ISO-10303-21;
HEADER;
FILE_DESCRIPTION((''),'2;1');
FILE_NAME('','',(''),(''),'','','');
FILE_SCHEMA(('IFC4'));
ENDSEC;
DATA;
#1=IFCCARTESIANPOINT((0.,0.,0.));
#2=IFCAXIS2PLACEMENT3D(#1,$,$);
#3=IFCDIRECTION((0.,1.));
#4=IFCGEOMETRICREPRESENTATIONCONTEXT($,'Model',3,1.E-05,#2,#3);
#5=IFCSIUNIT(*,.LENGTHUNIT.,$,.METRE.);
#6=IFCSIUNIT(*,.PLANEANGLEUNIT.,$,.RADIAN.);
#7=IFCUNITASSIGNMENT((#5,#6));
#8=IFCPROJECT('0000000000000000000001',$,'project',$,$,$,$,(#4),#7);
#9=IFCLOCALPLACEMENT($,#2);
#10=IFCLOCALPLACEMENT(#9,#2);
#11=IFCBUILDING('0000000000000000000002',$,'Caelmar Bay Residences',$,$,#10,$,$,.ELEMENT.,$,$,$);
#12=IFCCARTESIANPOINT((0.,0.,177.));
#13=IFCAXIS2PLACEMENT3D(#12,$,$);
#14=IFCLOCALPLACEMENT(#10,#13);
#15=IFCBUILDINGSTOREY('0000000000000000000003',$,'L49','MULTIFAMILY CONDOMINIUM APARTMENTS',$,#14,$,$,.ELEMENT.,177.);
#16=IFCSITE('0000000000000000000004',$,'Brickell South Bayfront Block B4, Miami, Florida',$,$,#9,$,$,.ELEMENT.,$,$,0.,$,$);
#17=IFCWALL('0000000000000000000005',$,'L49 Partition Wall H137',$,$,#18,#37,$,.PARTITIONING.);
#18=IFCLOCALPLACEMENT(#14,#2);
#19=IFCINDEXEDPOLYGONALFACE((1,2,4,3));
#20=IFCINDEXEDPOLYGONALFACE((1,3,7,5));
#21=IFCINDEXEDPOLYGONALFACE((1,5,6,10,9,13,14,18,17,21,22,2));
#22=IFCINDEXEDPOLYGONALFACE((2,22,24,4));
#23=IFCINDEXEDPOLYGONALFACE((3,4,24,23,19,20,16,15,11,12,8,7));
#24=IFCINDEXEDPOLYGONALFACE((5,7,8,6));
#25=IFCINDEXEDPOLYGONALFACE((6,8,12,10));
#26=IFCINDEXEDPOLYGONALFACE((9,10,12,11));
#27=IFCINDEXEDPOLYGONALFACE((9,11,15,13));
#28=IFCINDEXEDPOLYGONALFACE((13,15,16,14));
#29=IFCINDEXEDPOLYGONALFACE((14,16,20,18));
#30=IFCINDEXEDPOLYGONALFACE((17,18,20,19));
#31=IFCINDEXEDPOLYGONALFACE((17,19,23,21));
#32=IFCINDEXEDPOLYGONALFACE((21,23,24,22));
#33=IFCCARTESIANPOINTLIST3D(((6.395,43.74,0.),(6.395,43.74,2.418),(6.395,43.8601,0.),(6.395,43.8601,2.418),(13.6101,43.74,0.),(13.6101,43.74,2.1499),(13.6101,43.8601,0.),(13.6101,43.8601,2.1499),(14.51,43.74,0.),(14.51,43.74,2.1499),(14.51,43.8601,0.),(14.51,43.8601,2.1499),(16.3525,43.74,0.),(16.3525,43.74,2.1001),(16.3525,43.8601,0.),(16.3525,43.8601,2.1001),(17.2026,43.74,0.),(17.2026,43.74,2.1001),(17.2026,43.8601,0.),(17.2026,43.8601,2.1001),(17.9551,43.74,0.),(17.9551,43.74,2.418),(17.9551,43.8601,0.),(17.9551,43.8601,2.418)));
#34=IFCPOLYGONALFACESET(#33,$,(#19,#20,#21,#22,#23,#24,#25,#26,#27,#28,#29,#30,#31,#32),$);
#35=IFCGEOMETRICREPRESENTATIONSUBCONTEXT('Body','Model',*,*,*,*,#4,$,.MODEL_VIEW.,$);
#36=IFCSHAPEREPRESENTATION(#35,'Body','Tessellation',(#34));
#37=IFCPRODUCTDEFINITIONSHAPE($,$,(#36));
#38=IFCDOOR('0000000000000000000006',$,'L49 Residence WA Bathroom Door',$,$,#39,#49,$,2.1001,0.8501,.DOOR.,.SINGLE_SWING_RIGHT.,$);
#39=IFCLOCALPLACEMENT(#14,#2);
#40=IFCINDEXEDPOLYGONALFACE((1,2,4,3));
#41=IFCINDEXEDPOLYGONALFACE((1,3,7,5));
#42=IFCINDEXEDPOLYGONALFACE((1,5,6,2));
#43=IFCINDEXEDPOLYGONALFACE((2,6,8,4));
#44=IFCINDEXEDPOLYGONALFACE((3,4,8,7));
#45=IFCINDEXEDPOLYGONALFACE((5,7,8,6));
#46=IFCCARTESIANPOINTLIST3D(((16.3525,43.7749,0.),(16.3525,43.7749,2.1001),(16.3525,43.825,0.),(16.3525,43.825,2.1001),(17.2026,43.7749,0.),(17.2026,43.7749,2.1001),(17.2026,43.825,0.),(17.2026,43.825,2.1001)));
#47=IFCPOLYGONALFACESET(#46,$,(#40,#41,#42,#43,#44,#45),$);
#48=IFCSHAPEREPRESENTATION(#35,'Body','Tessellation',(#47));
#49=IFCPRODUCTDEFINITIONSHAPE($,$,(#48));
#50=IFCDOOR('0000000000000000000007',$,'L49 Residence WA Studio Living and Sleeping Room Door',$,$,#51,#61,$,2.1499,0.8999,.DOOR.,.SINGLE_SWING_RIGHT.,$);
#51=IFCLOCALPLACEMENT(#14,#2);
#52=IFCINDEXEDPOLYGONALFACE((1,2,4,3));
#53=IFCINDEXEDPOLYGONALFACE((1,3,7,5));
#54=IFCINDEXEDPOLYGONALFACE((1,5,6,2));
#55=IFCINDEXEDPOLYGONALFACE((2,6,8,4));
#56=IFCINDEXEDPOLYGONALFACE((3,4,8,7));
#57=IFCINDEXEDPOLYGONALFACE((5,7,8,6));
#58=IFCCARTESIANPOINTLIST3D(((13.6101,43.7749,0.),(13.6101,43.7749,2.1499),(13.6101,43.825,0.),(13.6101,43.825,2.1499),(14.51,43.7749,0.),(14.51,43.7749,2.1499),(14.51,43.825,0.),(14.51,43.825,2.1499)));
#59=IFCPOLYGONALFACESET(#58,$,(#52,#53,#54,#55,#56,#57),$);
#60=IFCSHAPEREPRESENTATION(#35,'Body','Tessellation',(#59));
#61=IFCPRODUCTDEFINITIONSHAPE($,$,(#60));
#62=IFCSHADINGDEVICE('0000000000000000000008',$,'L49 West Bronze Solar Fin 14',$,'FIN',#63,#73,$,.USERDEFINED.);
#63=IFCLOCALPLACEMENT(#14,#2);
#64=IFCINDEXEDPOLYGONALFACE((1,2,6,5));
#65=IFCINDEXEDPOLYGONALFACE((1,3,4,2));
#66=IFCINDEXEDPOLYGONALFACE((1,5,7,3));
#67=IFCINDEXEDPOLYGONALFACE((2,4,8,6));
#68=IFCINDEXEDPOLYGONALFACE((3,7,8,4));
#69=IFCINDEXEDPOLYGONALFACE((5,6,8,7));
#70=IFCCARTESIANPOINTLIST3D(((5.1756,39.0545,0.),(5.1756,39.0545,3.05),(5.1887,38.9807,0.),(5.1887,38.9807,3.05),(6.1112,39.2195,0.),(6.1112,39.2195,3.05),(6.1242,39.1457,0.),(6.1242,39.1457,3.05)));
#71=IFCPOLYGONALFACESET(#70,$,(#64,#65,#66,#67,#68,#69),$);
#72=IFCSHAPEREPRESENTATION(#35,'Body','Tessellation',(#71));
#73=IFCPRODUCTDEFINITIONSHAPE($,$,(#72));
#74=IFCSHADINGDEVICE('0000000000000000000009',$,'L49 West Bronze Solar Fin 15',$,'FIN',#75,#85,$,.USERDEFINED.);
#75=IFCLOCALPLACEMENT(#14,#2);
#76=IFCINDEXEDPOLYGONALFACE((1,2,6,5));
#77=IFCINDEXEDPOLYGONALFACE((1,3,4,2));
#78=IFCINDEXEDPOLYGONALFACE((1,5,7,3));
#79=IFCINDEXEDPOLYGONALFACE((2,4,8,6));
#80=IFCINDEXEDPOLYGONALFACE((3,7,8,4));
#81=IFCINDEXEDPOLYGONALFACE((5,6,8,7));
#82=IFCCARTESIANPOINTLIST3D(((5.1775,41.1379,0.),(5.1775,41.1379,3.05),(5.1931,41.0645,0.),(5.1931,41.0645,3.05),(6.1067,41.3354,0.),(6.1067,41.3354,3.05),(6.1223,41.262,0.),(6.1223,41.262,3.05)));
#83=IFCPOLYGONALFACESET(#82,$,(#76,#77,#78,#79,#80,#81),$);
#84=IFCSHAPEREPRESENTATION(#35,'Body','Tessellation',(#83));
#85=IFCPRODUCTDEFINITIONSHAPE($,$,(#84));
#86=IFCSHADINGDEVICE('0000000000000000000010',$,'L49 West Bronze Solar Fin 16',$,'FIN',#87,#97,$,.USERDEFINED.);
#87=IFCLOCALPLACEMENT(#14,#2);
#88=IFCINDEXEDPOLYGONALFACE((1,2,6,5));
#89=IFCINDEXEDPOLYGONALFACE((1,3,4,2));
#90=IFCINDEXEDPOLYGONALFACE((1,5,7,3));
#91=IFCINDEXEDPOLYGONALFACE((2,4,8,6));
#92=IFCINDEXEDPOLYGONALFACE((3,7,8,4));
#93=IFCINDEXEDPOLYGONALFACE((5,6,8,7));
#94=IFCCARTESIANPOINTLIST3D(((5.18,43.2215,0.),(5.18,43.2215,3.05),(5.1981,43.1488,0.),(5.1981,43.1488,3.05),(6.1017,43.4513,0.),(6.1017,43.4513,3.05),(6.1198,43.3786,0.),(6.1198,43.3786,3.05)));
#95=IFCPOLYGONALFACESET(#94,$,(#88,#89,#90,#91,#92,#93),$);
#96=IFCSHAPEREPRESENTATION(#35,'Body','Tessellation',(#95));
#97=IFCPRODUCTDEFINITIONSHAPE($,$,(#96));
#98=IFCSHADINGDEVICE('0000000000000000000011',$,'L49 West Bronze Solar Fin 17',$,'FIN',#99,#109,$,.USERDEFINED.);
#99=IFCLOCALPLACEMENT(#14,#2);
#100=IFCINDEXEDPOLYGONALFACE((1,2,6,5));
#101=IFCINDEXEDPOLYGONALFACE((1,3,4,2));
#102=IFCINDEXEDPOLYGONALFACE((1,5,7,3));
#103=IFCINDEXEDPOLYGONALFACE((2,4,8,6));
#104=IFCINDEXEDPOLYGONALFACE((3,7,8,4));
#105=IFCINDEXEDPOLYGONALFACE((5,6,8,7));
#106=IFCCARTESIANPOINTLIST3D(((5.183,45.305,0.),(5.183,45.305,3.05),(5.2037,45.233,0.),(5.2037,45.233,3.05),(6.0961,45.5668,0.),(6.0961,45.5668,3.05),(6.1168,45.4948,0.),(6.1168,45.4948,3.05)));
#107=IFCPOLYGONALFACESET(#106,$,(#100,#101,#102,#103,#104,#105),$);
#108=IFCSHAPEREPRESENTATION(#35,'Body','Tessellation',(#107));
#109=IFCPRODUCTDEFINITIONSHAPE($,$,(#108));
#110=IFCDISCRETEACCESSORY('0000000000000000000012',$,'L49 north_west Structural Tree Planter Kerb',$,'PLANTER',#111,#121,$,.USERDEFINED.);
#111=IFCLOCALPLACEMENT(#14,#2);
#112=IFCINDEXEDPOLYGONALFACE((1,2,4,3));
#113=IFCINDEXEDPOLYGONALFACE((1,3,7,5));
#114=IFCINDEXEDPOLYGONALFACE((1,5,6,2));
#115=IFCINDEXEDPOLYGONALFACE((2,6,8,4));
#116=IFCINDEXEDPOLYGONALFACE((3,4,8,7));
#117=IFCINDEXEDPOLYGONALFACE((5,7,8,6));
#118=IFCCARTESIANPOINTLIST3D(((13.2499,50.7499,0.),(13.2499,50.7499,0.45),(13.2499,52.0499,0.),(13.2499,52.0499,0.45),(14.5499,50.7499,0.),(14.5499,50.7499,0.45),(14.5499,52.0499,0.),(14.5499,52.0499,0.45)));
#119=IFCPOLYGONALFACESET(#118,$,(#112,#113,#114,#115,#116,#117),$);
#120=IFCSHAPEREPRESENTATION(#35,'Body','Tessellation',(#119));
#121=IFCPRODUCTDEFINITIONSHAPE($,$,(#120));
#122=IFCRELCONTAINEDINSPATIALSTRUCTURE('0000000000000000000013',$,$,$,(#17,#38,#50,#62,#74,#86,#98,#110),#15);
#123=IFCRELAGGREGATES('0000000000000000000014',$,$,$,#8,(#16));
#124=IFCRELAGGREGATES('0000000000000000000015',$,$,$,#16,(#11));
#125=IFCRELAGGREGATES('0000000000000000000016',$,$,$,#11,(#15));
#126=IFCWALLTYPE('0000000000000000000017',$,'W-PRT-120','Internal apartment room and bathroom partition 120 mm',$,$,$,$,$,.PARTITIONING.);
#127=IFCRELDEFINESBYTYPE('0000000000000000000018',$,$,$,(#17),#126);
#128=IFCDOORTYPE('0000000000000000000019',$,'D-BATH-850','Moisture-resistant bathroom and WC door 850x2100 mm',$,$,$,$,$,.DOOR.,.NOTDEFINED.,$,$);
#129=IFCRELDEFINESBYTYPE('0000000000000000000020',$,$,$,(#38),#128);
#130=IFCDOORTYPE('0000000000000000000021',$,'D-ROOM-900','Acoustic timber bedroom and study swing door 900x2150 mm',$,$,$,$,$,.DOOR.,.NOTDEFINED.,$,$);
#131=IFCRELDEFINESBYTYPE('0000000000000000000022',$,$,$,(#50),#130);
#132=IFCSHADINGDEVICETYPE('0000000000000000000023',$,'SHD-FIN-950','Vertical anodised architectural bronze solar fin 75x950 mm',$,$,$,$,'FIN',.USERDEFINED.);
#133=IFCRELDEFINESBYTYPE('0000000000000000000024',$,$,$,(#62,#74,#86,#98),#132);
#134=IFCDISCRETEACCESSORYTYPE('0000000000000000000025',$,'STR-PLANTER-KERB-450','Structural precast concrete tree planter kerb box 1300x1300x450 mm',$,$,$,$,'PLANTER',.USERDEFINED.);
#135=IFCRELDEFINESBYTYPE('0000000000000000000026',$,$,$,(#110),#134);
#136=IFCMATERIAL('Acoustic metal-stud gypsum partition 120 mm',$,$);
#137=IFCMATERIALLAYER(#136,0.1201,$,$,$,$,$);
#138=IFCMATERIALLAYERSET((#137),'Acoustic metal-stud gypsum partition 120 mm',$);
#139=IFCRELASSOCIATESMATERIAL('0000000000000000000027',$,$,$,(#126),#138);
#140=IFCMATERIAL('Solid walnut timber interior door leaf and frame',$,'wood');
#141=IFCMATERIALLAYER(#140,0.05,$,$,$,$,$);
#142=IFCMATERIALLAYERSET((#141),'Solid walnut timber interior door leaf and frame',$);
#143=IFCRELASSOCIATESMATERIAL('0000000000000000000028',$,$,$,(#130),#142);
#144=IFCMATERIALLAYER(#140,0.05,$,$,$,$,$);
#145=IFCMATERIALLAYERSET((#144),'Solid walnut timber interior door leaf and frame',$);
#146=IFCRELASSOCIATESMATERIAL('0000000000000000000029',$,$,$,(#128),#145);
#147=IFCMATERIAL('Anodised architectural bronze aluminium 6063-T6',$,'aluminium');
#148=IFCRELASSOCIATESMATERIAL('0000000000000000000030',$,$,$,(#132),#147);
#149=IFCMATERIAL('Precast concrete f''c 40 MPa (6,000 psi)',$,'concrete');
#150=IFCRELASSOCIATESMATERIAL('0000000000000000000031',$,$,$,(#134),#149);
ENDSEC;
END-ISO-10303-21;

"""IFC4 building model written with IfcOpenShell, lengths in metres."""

from ifc_helpers import new_model, si_unit, direction, frame, frame_2d, origin, origin_2d, place, context, subcontext, project, spatial, rectangle, extrude, material, layer, layer_set, material_profile, profile_set, type_object, element, fill, save


model = new_model("IFC4")

# Units and contexts
model_context = context("Model", 3, precision=1e-05, world=origin(), true_north=direction((0.0, 1.0)))
body_context = subcontext(model_context, "Body", "Model", "MODEL_VIEW")
ifc_project = project(units=[si_unit("LENGTHUNIT", "METRE"), si_unit("PLANEANGLEUNIT", "RADIAN")], contexts=[model_context])

# Site, building, storey
site_placement = place(None, origin())
site = spatial("IfcSite", under=ifc_project, at=site_placement, Name="Brickell South Bayfront Block B4, Miami, Florida", CompositionType="ELEMENT", RefElevation=0.0)
building_placement = place(site_placement, origin())
building = spatial("IfcBuilding", under=site, at=building_placement, Name="Caelmar Bay Residences", CompositionType="ELEMENT")
storey_placement = place(building_placement, frame((0.0, 0.0, 177.0)))
storey = spatial("IfcBuildingStorey", under=building, at=storey_placement, Name="L49", Description="MULTIFAMILY CONDOMINIUM APARTMENTS", CompositionType="ELEMENT", Elevation=177.0)

# Shared definitions
ifc_material_1 = material(Name="Precast concrete f'c 40 MPa (6,000 psi)", Category="concrete")

# Shared definitions
ifc_material_2 = material(Name="Acoustic metal-stud gypsum partition 120 mm")
ifc_layer_1 = layer(ifc_material_2, 0.1201)
ifc_layer_set_1 = layer_set([ifc_layer_1], Name="Acoustic metal-stud gypsum partition 120 mm")
wall_type_1 = type_object("IfcWallType", Name="W-PRT-120", Description="Internal apartment room and bathroom partition 120 mm", PredefinedType="PARTITIONING", material=ifc_layer_set_1)
ifc_material_3 = material(Name="Solid walnut timber interior door leaf and frame", Category="wood")
ifc_layer_2 = layer(ifc_material_3, 0.05)
ifc_layer_set_2 = layer_set([ifc_layer_2], Name="Solid walnut timber interior door leaf and frame")
door_type_1 = type_object("IfcDoorType", Name="D-ROOM-900", Description="Acoustic timber bedroom and study swing door 900x2150 mm", OperationType="NOTDEFINED", PredefinedType="DOOR", material=ifc_layer_set_2)

# Wall, openings, doors
wall_1_placement = place(storey_placement, frame((6.395, 43.8, 0.0), z_axis=(0.0, 0.0, 1.0), x_axis=(1.0, 0.0, 0.0)))
wall_1 = element("IfcWall", 1, at=wall_1_placement, inside=storey, type_object=wall_type_1, Name="L49 Partition Wall H137", PredefinedType="PARTITIONING", context=body_context, shape_type="SweptSolid", body=[
    extrude(rectangle(XDim=11.5601, YDim=0.1201, at=frame_2d((5.78, 0.0))), origin(), (0.0, 0.0, 1.0), 2.418),
])
opening_1_placement = place(wall_1_placement, frame((7.2151, 0.0, 0.0)))
opening_1 = element("IfcOpeningElement", 2, at=opening_1_placement, cuts=wall_1, PredefinedType="OPENING", context=body_context, shape_type="SweptSolid", body=[
    extrude(rectangle(XDim=0.8999, YDim=2.1499, at=frame_2d((0.45, 1.075))), frame((0.0, 0.0701, 0.0), z_axis=(0.0, -1.0, 0.0), x_axis=(1.0, 0.0, 0.0)), (0.0, 0.0, 1.0), 0.1401),
])
opening_2_placement = place(wall_1_placement, frame((9.9575, 0.0, 0.0)))
opening_2 = element("IfcOpeningElement", 3, at=opening_2_placement, cuts=wall_1, PredefinedType="OPENING", context=body_context, shape_type="SweptSolid", body=[
    extrude(rectangle(XDim=0.8501, YDim=2.1001, at=frame_2d((0.425, 1.05))), frame((0.0, 0.0701, 0.0), z_axis=(0.0, -1.0, 0.0), x_axis=(1.0, 0.0, 0.0)), (0.0, 0.0, 1.0), 0.1401),
])
ifc_layer_3 = layer(ifc_material_3, 0.05)
ifc_layer_set_3 = layer_set([ifc_layer_3], Name="Solid walnut timber interior door leaf and frame")
door_type_2 = type_object("IfcDoorType", Name="D-BATH-850", Description="Moisture-resistant bathroom and WC door 850x2100 mm", OperationType="NOTDEFINED", PredefinedType="DOOR", material=ifc_layer_set_3)
door_1_placement = place(opening_2_placement, origin())
door_1 = element("IfcDoor", 4, at=door_1_placement, inside=storey, type_object=door_type_2, Name="L49 Residence WA Bathroom Door", OperationType="SINGLE_SWING_RIGHT", OverallHeight=2.1001, OverallWidth=0.8501, PredefinedType="DOOR", context=body_context, shape_type="SweptSolid", body=[
    extrude(rectangle(XDim=0.8501, YDim=2.1001, at=frame_2d((0.425, 1.05))), frame((0.0, 0.0249, 0.0), z_axis=(0.0, -1.0, 0.0), x_axis=(1.0, 0.0, 0.0)), (0.0, 0.0, 1.0), 0.05),
])
fill(opening_2, door_1)
door_2_placement = place(opening_1_placement, origin())
door_2 = element("IfcDoor", 5, at=door_2_placement, inside=storey, type_object=door_type_1, Name="L49 Residence WA Studio Living and Sleeping Room Door", OperationType="SINGLE_SWING_RIGHT", OverallHeight=2.1499, OverallWidth=0.8999, PredefinedType="DOOR", context=body_context, shape_type="SweptSolid", body=[
    extrude(rectangle(XDim=0.8999, YDim=2.1499, at=frame_2d((0.45, 1.075))), frame((0.0, 0.0249, 0.0), z_axis=(0.0, -1.0, 0.0), x_axis=(1.0, 0.0, 0.0)), (0.0, 0.0, 1.0), 0.05),
])
fill(opening_1, door_2)

# Shading devices
ifc_material_4 = material(Name="Anodised architectural bronze aluminium 6063-T6", Category="aluminium")
ifc_material_profile_1 = material_profile(ifc_material_4, rectangle(XDim=0.075, YDim=0.95, at=origin_2d()), Name="BRONZE-FIN-75X950")
ifc_profile_set_1 = profile_set([ifc_material_profile_1], Name="Anodised architectural bronze aluminium 6063-T6")
shading_device_type = type_object("IfcShadingDeviceType", Name="SHD-FIN-950", Description="Vertical anodised architectural bronze solar fin 75x950 mm", ElementType="FIN", PredefinedType="USERDEFINED", material=ifc_profile_set_1)
for number, where, z_axis, x_axis, name in (
    (6, (5.6499, 39.1001, 0.0), (0.0, 0.0, 1.0), (-0.173648, 0.984808, 0.0), "L49 West Bronze Solar Fin 14"),
    (7, (5.6499, 41.2, 0.0), (0.0, 0.0, 1.0), (-0.207912, 0.978148, 0.0), "L49 West Bronze Solar Fin 15"),
    (8, (5.6499, 43.3, 0.0), (0.0, 0.0, 1.0), (-0.241922, 0.970296, 0.0), "L49 West Bronze Solar Fin 16"),
    (9, (5.6499, 45.3999, 0.0), (0.0, 0.0, 1.0), (-0.275637, 0.961262, 0.0), "L49 West Bronze Solar Fin 17"),
):
    element("IfcShadingDevice", number, at=place(storey_placement, frame(where, z_axis=z_axis, x_axis=x_axis)), inside=storey, type_object=shading_device_type, Name=name, ObjectType="FIN", PredefinedType="USERDEFINED", context=body_context, shape_type="SweptSolid", body=[
        extrude(rectangle(XDim=0.075, YDim=0.95, at=origin_2d()), origin(), (0.0, 0.0, 1.0), 3.05),
    ])

# Discrete accessory
discrete_accessory_type = type_object("IfcDiscreteAccessoryType", Name="STR-PLANTER-KERB-450", Description="Structural precast concrete tree planter kerb box 1300x1300x450 mm", ElementType="PLANTER", PredefinedType="USERDEFINED", material=ifc_material_1)
discrete_accessory_placement = place(storey_placement, frame((13.8999, 51.3999, 0.0), z_axis=(0.0, 0.0, 1.0), x_axis=(1.0, 0.0, 0.0)))
element("IfcDiscreteAccessory", 10, at=discrete_accessory_placement, inside=storey, type_object=discrete_accessory_type, Name="L49 north_west Structural Tree Planter Kerb", ObjectType="PLANTER", PredefinedType="USERDEFINED", context=body_context, shape_type="SweptSolid", body=[
    extrude(rectangle(XDim=1.3, YDim=1.3, at=origin_2d()), origin(), (0.0, 0.0, 1.0), 0.45),
])

save(model, "model.ifc")
